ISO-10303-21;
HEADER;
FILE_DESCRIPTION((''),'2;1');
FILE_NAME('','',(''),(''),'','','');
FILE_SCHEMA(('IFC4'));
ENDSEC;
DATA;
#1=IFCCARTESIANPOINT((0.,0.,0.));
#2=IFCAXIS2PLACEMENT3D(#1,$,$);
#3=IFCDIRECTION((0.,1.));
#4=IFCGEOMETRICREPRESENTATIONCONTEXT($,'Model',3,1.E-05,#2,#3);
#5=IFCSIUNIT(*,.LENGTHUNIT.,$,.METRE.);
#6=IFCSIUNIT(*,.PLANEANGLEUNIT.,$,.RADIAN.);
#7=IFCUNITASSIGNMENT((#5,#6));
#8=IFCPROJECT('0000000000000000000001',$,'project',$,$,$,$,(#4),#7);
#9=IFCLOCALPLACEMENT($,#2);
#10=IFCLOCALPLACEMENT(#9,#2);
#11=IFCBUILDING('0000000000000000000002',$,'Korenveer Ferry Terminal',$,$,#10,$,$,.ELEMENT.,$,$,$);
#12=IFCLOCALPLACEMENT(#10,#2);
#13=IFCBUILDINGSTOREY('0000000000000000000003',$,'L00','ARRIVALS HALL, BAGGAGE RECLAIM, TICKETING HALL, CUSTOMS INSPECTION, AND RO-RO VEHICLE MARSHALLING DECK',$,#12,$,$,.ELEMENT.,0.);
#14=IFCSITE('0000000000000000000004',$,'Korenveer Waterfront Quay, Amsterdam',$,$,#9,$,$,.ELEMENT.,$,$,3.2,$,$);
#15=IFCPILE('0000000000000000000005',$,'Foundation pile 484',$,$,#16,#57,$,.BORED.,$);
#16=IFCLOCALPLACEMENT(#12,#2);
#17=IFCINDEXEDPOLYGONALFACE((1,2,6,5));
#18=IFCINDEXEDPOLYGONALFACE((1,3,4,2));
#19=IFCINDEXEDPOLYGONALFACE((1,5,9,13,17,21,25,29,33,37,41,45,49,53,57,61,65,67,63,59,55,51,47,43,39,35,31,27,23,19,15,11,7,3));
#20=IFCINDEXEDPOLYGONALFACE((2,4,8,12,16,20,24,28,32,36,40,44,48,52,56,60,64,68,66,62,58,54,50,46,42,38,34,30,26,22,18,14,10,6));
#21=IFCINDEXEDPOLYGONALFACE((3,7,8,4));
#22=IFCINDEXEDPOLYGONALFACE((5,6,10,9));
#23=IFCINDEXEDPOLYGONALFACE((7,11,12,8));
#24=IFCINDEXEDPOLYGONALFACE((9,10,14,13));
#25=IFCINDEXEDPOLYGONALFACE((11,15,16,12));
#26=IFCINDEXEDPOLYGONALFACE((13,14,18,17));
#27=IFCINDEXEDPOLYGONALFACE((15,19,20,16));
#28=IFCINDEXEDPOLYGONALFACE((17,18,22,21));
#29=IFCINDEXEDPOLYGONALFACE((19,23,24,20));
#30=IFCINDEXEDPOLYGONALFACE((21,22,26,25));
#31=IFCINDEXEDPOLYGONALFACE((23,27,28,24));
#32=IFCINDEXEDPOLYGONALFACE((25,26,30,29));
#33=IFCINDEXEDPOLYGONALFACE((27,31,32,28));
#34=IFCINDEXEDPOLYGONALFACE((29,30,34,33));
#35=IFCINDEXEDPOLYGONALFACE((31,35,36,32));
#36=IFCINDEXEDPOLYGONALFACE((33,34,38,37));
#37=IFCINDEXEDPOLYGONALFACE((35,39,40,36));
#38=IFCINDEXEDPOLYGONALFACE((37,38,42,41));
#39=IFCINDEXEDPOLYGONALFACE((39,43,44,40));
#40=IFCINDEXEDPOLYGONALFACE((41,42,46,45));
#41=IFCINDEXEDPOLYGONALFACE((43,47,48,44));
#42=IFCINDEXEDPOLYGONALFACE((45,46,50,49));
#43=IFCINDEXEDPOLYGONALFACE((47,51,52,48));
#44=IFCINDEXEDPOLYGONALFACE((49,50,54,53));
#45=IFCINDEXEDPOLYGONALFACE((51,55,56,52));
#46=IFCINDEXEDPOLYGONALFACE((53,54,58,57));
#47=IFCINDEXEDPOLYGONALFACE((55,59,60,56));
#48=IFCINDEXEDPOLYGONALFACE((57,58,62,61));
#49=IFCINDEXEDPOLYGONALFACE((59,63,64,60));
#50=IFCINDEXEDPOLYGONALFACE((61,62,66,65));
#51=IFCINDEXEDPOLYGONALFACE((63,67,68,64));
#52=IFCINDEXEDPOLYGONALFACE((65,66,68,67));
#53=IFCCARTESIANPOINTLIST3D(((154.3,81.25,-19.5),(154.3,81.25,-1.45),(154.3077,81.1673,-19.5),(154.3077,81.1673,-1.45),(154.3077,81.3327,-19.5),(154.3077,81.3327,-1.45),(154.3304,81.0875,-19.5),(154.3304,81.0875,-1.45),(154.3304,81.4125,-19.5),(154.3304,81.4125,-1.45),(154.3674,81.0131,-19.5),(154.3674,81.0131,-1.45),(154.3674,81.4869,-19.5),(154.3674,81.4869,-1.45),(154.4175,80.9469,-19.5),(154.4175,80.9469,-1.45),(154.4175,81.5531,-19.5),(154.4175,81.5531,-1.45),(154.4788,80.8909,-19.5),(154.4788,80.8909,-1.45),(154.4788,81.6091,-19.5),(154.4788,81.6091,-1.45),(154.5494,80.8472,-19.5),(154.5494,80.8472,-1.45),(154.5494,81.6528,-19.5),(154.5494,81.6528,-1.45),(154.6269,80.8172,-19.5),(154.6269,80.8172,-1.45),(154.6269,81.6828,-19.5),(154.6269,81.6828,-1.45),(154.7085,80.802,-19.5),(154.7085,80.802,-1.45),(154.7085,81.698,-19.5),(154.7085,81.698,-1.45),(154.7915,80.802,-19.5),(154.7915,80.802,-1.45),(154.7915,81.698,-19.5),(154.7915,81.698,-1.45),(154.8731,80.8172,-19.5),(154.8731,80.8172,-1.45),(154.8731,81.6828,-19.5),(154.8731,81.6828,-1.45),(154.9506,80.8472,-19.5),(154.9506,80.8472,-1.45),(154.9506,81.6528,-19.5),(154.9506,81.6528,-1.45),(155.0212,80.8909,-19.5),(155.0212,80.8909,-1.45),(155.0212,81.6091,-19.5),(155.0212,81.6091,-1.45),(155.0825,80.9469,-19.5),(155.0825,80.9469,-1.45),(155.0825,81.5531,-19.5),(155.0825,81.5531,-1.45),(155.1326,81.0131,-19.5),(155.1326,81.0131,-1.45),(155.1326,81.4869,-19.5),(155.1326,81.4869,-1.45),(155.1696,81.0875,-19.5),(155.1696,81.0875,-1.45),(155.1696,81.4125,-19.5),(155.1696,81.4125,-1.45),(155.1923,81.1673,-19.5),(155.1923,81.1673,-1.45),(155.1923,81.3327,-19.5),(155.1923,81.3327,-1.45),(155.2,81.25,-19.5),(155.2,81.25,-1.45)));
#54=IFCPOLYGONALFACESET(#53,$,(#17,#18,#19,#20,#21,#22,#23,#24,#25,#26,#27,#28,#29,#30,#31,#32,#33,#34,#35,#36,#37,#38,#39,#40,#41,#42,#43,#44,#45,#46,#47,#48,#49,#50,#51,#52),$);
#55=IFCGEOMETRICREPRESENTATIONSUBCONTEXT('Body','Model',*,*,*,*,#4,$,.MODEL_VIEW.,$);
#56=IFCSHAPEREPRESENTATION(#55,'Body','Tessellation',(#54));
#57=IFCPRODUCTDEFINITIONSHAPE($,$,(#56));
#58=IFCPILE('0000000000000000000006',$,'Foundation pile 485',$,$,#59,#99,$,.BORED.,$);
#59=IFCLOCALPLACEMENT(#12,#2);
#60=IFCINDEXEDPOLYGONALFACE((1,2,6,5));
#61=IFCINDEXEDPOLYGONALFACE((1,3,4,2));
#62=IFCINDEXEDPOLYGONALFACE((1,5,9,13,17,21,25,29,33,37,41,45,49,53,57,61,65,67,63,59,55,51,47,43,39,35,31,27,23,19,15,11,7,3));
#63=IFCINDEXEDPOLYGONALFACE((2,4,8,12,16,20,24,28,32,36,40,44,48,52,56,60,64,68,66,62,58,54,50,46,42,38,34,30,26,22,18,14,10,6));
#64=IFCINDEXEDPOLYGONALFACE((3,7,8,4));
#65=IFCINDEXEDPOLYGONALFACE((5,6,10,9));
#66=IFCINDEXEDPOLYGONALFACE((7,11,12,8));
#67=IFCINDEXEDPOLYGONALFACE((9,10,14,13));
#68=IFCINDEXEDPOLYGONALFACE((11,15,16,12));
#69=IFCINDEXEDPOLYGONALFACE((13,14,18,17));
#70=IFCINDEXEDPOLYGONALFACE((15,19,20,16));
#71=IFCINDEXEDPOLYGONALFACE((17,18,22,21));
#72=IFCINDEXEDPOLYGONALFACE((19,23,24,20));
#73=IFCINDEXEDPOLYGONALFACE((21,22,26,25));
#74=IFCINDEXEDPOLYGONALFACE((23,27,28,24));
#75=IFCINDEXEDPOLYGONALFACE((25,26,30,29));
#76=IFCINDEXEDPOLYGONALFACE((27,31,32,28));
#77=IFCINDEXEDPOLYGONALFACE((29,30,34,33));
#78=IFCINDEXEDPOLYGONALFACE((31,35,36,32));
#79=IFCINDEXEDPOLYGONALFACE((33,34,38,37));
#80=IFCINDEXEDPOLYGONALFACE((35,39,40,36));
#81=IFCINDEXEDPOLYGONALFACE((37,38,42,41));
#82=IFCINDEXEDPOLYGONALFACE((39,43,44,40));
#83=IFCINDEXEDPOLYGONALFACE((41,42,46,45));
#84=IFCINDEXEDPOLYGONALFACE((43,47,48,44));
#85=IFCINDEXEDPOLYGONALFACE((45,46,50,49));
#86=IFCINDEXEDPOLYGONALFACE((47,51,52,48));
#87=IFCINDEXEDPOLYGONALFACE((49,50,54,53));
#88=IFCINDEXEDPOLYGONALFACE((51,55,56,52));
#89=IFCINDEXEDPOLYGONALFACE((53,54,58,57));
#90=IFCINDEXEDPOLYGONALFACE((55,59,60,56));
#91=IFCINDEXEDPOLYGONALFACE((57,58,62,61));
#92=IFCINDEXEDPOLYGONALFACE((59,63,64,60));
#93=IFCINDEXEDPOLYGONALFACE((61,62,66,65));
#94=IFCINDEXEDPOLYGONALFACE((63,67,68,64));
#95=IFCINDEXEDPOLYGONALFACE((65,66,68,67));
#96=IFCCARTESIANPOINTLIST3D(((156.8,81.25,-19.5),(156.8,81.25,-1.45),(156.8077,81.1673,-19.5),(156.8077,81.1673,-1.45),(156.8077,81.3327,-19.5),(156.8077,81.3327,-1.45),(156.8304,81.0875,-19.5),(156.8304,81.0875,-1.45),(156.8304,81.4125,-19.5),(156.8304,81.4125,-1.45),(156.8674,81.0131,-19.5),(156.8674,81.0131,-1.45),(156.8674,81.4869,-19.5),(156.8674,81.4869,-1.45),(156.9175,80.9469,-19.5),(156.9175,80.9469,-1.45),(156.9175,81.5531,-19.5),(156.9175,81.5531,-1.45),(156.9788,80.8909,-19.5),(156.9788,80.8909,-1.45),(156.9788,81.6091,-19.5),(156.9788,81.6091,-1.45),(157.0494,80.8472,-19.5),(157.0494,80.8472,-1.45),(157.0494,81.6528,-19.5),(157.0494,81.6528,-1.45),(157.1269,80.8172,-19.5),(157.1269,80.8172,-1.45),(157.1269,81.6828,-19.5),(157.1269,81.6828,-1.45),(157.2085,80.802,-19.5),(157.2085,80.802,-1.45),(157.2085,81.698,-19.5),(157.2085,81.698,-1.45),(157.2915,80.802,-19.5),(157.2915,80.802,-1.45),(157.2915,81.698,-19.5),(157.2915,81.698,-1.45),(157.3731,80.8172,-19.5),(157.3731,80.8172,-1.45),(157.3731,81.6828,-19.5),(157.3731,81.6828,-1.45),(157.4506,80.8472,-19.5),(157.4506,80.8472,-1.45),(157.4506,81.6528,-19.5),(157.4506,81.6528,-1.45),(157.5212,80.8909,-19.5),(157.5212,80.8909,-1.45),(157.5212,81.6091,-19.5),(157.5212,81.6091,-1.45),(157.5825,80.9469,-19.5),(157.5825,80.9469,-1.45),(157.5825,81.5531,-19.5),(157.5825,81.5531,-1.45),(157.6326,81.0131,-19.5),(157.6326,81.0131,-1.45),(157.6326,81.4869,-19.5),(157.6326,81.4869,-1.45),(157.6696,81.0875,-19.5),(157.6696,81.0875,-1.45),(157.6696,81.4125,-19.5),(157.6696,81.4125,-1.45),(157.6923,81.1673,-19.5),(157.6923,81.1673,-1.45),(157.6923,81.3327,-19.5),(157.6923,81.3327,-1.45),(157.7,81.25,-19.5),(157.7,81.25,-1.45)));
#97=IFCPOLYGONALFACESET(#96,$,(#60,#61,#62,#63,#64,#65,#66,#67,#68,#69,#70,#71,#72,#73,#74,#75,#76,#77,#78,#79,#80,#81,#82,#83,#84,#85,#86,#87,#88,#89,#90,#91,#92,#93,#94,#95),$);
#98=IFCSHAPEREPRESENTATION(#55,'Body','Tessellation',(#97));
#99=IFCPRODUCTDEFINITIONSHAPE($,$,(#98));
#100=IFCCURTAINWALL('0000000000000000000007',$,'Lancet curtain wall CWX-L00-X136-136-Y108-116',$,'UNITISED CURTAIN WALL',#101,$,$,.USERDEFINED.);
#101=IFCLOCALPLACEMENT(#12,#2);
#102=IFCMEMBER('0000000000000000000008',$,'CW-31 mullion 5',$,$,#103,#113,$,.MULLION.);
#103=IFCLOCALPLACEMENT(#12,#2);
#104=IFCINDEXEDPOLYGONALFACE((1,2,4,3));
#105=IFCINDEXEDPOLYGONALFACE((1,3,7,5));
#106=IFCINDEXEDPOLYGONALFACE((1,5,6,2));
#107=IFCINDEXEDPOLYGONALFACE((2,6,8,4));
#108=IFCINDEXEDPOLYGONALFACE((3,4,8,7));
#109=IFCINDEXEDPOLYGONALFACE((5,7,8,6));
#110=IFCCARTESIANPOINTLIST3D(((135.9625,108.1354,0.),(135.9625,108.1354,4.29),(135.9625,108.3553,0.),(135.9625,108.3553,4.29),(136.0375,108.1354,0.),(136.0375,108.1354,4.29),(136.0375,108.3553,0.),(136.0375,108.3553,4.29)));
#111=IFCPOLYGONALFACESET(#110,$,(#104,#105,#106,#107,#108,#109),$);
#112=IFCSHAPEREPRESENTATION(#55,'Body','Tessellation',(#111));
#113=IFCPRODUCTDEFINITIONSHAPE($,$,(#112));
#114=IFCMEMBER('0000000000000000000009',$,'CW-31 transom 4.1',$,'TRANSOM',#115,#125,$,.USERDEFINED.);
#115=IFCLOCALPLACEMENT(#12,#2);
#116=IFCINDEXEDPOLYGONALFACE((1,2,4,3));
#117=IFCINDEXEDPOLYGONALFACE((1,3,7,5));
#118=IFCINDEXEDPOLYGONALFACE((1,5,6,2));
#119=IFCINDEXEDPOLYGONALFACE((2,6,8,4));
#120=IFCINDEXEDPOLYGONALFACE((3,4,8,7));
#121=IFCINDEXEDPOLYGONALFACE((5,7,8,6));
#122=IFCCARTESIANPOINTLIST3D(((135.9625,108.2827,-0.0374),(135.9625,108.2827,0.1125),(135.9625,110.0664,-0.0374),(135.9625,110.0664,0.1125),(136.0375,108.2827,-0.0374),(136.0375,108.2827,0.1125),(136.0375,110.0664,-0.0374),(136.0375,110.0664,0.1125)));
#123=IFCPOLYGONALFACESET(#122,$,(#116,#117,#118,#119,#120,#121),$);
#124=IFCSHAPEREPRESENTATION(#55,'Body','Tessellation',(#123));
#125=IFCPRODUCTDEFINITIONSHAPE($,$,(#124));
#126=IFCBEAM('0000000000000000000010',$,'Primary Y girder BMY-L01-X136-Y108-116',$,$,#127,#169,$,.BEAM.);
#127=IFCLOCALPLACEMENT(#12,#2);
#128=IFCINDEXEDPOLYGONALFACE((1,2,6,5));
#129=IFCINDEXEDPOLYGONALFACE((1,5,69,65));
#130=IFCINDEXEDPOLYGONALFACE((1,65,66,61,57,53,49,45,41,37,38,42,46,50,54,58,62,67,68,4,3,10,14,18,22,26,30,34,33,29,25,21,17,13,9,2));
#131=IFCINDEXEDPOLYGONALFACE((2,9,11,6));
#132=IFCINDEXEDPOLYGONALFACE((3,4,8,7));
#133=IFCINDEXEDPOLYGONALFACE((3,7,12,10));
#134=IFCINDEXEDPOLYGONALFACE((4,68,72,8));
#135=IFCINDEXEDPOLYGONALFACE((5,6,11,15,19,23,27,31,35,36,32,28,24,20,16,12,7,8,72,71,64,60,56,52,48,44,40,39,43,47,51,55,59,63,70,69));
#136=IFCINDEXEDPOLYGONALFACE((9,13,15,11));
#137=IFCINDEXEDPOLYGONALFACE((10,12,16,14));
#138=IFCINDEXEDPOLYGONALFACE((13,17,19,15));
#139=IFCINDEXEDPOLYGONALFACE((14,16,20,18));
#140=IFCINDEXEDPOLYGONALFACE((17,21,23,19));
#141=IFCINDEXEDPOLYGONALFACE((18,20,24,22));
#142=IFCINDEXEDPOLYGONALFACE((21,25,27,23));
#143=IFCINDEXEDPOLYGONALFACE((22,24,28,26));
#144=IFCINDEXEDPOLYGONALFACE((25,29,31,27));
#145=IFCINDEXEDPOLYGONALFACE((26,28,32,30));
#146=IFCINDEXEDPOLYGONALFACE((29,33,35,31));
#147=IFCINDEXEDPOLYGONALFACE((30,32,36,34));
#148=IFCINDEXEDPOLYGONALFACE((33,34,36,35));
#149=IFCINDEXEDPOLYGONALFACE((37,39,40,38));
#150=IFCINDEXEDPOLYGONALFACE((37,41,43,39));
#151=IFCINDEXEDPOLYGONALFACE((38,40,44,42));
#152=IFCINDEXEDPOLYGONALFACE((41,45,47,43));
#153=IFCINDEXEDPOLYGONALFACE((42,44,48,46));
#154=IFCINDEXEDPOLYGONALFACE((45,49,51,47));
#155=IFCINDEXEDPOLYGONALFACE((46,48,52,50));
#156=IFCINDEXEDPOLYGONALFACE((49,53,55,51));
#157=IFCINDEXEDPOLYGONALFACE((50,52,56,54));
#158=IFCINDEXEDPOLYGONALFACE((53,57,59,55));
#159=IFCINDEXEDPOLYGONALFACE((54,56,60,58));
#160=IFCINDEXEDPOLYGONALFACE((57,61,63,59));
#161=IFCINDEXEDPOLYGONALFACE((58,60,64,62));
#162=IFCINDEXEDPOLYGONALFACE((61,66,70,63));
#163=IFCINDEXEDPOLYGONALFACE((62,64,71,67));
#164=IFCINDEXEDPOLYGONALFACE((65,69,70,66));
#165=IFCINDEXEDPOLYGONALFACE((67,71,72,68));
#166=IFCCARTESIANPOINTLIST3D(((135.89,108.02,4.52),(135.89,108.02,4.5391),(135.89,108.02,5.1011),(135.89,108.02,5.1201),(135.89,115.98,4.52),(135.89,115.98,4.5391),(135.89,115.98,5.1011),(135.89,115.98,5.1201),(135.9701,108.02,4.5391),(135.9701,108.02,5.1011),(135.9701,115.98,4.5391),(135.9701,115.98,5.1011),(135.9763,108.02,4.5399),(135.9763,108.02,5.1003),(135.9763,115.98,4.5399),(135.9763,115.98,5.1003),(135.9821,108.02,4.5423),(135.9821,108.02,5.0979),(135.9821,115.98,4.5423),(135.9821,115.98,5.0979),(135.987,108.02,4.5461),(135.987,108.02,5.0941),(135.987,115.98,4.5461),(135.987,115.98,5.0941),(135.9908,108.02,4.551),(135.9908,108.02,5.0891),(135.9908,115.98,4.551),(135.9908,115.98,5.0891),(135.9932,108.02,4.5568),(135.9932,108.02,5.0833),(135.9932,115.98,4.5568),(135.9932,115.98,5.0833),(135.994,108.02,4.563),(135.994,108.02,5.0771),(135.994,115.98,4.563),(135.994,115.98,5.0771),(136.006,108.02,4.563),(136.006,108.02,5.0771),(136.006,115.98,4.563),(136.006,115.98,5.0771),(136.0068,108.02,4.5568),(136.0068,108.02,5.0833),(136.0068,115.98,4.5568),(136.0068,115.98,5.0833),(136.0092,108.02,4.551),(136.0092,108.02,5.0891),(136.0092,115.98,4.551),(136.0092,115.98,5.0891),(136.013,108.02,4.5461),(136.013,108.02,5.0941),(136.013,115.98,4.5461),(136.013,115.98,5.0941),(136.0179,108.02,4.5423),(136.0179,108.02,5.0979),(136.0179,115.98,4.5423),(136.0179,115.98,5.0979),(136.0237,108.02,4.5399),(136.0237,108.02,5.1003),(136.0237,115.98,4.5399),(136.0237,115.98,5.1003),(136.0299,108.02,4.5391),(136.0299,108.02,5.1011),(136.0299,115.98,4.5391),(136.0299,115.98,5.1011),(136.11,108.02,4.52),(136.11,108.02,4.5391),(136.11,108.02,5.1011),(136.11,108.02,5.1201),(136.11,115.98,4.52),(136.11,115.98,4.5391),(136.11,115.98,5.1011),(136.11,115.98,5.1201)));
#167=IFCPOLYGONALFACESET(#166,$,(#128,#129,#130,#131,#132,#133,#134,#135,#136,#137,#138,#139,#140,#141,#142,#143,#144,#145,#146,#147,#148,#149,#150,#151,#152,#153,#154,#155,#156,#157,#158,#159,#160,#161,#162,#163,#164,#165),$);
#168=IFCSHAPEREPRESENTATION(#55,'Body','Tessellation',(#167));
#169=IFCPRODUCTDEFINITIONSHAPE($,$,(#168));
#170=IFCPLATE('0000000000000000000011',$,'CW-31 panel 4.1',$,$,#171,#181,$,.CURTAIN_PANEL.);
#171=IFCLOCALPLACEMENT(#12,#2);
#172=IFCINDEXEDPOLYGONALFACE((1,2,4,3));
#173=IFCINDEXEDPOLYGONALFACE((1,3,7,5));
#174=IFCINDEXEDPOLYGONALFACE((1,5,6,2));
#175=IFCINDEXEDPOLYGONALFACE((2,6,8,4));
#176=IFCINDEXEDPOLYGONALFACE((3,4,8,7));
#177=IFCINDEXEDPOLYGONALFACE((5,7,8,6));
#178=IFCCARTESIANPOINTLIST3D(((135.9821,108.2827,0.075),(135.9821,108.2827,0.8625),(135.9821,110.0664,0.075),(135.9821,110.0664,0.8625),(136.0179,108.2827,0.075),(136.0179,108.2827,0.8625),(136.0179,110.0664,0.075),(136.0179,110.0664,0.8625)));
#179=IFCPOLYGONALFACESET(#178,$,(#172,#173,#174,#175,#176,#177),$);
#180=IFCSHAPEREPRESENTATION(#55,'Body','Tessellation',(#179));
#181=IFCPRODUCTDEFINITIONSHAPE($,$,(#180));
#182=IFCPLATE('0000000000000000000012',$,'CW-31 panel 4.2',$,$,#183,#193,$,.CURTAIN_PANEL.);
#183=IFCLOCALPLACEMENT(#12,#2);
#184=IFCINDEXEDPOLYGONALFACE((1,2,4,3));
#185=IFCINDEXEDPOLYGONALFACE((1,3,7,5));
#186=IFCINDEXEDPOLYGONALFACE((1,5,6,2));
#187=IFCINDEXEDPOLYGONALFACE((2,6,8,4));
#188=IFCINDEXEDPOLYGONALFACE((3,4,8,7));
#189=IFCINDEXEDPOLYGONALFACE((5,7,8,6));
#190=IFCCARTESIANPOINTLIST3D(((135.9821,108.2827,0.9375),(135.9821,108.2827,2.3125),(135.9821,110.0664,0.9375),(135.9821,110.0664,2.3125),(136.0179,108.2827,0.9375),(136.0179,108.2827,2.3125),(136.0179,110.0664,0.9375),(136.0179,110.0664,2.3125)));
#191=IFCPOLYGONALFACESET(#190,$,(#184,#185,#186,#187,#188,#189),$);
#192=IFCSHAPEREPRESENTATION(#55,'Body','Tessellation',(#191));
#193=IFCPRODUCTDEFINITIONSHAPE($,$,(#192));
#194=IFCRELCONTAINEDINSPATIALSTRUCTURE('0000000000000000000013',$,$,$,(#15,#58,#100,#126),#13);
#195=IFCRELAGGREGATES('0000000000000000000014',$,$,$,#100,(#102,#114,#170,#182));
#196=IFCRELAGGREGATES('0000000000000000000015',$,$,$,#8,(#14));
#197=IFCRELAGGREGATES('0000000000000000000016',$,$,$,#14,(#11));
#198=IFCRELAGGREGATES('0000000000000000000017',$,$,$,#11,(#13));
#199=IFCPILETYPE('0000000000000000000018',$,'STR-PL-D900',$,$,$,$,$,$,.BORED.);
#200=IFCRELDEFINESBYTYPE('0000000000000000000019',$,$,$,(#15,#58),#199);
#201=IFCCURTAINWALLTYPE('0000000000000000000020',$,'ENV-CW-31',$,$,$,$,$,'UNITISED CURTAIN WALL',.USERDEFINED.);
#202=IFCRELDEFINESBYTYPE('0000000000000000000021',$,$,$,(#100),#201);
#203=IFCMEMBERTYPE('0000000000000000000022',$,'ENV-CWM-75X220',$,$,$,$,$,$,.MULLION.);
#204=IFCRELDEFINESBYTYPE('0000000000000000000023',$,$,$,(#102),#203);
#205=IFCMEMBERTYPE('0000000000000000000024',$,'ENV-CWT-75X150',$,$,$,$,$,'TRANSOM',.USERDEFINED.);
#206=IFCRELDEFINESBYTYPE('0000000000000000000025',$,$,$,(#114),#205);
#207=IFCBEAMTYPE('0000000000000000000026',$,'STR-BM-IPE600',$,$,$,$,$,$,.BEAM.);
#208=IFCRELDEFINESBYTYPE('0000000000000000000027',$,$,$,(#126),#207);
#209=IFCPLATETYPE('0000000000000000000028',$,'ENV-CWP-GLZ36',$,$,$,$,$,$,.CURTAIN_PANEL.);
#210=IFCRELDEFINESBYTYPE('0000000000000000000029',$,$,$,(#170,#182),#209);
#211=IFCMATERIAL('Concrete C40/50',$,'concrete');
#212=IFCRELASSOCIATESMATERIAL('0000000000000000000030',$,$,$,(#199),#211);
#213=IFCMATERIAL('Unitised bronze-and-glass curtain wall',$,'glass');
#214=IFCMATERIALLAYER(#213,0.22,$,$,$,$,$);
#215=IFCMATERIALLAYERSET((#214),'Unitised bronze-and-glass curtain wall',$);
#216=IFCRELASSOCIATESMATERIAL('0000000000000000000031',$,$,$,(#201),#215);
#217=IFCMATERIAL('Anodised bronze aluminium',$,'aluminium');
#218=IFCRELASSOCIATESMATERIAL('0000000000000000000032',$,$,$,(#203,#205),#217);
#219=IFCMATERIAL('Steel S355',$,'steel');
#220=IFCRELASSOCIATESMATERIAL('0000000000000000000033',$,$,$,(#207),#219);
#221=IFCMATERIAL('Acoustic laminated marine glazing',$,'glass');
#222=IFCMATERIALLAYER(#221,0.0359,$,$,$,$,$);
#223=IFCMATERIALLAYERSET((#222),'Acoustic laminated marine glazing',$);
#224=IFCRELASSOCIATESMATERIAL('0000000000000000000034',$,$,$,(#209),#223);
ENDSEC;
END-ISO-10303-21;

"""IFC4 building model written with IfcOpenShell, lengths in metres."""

from ifc_helpers import new_model, si_unit, direction, frame, origin, origin_2d, place, context, subcontext, project, spatial, rectangle, circle, i_section, extrude, material, layer, layer_set, material_profile, profile_set, type_object, element, aggregate, save


model = new_model("IFC4")

# Units and contexts
model_context = context("Model", 3, precision=1e-05, world=origin(), true_north=direction((0.0, 1.0)))
body_context = subcontext(model_context, "Body", "Model", "MODEL_VIEW")
ifc_project = project(units=[si_unit("LENGTHUNIT", "METRE"), si_unit("PLANEANGLEUNIT", "RADIAN")], contexts=[model_context])

# Site, building, storey
site_placement = place(None, origin())
site = spatial("IfcSite", under=ifc_project, at=site_placement, Name="Korenveer Waterfront Quay, Amsterdam", CompositionType="ELEMENT", RefElevation=3.2)
building_placement = place(site_placement, origin())
building = spatial("IfcBuilding", under=site, at=building_placement, Name="Korenveer Ferry Terminal", CompositionType="ELEMENT")
storey_placement = place(building_placement, origin())
storey = spatial("IfcBuildingStorey", under=building, at=storey_placement, Name="L00", Description="ARRIVALS HALL, BAGGAGE RECLAIM, TICKETING HALL, CUSTOMS INSPECTION, AND RO-RO VEHICLE MARSHALLING DECK", CompositionType="ELEMENT", Elevation=0.0)

# Piles
ifc_material_1 = material(Name="Concrete C40/50", Category="concrete")
ifc_material_profile_1 = material_profile(ifc_material_1, circle(Radius=0.45, at=origin_2d()), Name="PILE D900")
ifc_profile_set_1 = profile_set([ifc_material_profile_1], Name="Concrete C40/50")
pile_type_1 = type_object("IfcPileType", Name="STR-PL-D900", PredefinedType="BORED", material=ifc_profile_set_1)
for number, where, z_axis, x_axis, name in (
    (1, (154.75, 81.25, -1.45), (0.0, 0.0, -1.0), (1.0, 0.0, 0.0), "Foundation pile 484"),
    (2, (157.25, 81.25, -1.45), (0.0, 0.0, -1.0), (1.0, 0.0, 0.0), "Foundation pile 485"),
):
    element("IfcPile", number, at=place(storey_placement, frame(where, z_axis=z_axis, x_axis=x_axis)), inside=storey, type_object=pile_type_1, Name=name, PredefinedType="BORED", context=body_context, shape_type="SweptSolid", body=[
        extrude(circle(Radius=0.45, at=origin_2d()), origin(), (0.0, 0.0, 1.0), 18.05),
    ])

# Curtain wall, members
ifc_material_2 = material(Name="Unitised bronze-and-glass curtain wall", Category="glass")
ifc_layer_1 = layer(ifc_material_2, 0.22)
ifc_layer_set_1 = layer_set([ifc_layer_1], Name="Unitised bronze-and-glass curtain wall")
curtain_wall_type = type_object("IfcCurtainWallType", Name="ENV-CW-31", ElementType="UNITISED CURTAIN WALL", PredefinedType="USERDEFINED", material=ifc_layer_set_1)
curtain_wall_placement = place(storey_placement, frame((136.0, 115.7922, 0.0)))
curtain_wall = element("IfcCurtainWall", 3, at=curtain_wall_placement, inside=storey, type_object=curtain_wall_type, Name="Lancet curtain wall CWX-L00-X136-136-Y108-116", ObjectType="UNITISED CURTAIN WALL", PredefinedType="USERDEFINED")
ifc_material_3 = material(Name="Anodised bronze aluminium", Category="aluminium")
ifc_material_profile_2 = material_profile(ifc_material_3, rectangle(XDim=0.075, YDim=0.22, at=origin_2d()), Name="ALU 75x220")
ifc_profile_set_2 = profile_set([ifc_material_profile_2], Name="Anodised bronze aluminium")
member_type_1 = type_object("IfcMemberType", Name="ENV-CWM-75X220", PredefinedType="MULLION", material=ifc_profile_set_2)
member_1_placement = place(storey_placement, frame((136.0, 108.2454, 0.0), z_axis=(0.0, 0.0, 1.0), x_axis=(1.0, 0.0, 0.0)))
member_1 = element("IfcMember", 4, at=member_1_placement, type_object=member_type_1, Name="CW-31 mullion 5", PredefinedType="MULLION", context=body_context, shape_type="SweptSolid", body=[
    extrude(rectangle(XDim=0.075, YDim=0.22, at=origin_2d()), origin(), (0.0, 0.0, 1.0), 4.29),
])
ifc_material_profile_3 = material_profile(ifc_material_3, rectangle(XDim=0.075, YDim=0.1499, at=origin_2d()), Name="ALU 75x150")
ifc_profile_set_3 = profile_set([ifc_material_profile_3], Name="Anodised bronze aluminium")
member_type_2 = type_object("IfcMemberType", Name="ENV-CWT-75X150", ElementType="TRANSOM", PredefinedType="USERDEFINED", material=ifc_profile_set_3)
member_2_placement = place(storey_placement, frame((136.0, 110.0664, 0.0376), z_axis=(0.0, -1.0, 0.0), x_axis=(1.0, 0.0, 0.0)))
member_2 = element("IfcMember", 5, at=member_2_placement, type_object=member_type_2, Name="CW-31 transom 4.1", ObjectType="TRANSOM", PredefinedType="USERDEFINED", context=body_context, shape_type="SweptSolid", body=[
    extrude(rectangle(XDim=0.075, YDim=0.1499, at=origin_2d()), origin(), (0.0, 0.0, 1.0), 1.7837),
])

# Beam
ifc_material_4 = material(Name="Steel S355", Category="steel")
ifc_material_profile_4 = material_profile(ifc_material_4, i_section(OverallWidth=0.22, OverallDepth=0.6001, WebThickness=0.012, FlangeThickness=0.019, FilletRadius=0.0239, at=origin_2d()), Name="IPE 600")
ifc_profile_set_4 = profile_set([ifc_material_profile_4], Name="Steel S355")
beam_type = type_object("IfcBeamType", Name="STR-BM-IPE600", PredefinedType="BEAM", material=ifc_profile_set_4)
beam_placement = place(storey_placement, frame((136.0, 108.02, 4.8201), z_axis=(0.0, 1.0, 0.0), x_axis=(-1.0, 0.0, 0.0)))
element("IfcBeam", 6, at=beam_placement, inside=storey, type_object=beam_type, Name="Primary Y girder BMY-L01-X136-Y108-116", PredefinedType="BEAM", context=body_context, shape_type="SweptSolid", body=[
    extrude(i_section(OverallWidth=0.22, OverallDepth=0.6001, WebThickness=0.012, FlangeThickness=0.019, FilletRadius=0.0239, at=origin_2d()), origin(), (0.0, 0.0, 1.0), 7.96),
])

# Plates
ifc_material_5 = material(Name="Acoustic laminated marine glazing", Category="glass")
ifc_layer_2 = layer(ifc_material_5, 0.0359)
ifc_layer_set_2 = layer_set([ifc_layer_2], Name="Acoustic laminated marine glazing")
plate_type_1 = type_object("IfcPlateType", Name="ENV-CWP-GLZ36", PredefinedType="CURTAIN_PANEL", material=ifc_layer_set_2)
plate_1_placement = place(storey_placement, frame((136.0, 109.1746, 0.075), z_axis=(0.0, 0.0, 1.0), x_axis=(0.0, -1.0, 0.0)))
plate_1 = element("IfcPlate", 7, at=plate_1_placement, type_object=plate_type_1, Name="CW-31 panel 4.1", PredefinedType="CURTAIN_PANEL", context=body_context, shape_type="SweptSolid", body=[
    extrude(rectangle(XDim=1.7837, YDim=0.0359, at=origin_2d()), origin(), (0.0, 0.0, 1.0), 0.7876),
])
plate_2_placement = place(storey_placement, frame((136.0, 109.1746, 0.9375), z_axis=(0.0, 0.0, 1.0), x_axis=(0.0, -1.0, 0.0)))
plate_2 = element("IfcPlate", 8, at=plate_2_placement, type_object=plate_type_1, Name="CW-31 panel 4.2", PredefinedType="CURTAIN_PANEL", context=body_context, shape_type="SweptSolid", body=[
    extrude(rectangle(XDim=1.7837, YDim=0.0359, at=origin_2d()), origin(), (0.0, 0.0, 1.0), 1.375),
])
aggregate(curtain_wall, [member_1, member_2, plate_1, plate_2])

save(model, "model.ifc")
